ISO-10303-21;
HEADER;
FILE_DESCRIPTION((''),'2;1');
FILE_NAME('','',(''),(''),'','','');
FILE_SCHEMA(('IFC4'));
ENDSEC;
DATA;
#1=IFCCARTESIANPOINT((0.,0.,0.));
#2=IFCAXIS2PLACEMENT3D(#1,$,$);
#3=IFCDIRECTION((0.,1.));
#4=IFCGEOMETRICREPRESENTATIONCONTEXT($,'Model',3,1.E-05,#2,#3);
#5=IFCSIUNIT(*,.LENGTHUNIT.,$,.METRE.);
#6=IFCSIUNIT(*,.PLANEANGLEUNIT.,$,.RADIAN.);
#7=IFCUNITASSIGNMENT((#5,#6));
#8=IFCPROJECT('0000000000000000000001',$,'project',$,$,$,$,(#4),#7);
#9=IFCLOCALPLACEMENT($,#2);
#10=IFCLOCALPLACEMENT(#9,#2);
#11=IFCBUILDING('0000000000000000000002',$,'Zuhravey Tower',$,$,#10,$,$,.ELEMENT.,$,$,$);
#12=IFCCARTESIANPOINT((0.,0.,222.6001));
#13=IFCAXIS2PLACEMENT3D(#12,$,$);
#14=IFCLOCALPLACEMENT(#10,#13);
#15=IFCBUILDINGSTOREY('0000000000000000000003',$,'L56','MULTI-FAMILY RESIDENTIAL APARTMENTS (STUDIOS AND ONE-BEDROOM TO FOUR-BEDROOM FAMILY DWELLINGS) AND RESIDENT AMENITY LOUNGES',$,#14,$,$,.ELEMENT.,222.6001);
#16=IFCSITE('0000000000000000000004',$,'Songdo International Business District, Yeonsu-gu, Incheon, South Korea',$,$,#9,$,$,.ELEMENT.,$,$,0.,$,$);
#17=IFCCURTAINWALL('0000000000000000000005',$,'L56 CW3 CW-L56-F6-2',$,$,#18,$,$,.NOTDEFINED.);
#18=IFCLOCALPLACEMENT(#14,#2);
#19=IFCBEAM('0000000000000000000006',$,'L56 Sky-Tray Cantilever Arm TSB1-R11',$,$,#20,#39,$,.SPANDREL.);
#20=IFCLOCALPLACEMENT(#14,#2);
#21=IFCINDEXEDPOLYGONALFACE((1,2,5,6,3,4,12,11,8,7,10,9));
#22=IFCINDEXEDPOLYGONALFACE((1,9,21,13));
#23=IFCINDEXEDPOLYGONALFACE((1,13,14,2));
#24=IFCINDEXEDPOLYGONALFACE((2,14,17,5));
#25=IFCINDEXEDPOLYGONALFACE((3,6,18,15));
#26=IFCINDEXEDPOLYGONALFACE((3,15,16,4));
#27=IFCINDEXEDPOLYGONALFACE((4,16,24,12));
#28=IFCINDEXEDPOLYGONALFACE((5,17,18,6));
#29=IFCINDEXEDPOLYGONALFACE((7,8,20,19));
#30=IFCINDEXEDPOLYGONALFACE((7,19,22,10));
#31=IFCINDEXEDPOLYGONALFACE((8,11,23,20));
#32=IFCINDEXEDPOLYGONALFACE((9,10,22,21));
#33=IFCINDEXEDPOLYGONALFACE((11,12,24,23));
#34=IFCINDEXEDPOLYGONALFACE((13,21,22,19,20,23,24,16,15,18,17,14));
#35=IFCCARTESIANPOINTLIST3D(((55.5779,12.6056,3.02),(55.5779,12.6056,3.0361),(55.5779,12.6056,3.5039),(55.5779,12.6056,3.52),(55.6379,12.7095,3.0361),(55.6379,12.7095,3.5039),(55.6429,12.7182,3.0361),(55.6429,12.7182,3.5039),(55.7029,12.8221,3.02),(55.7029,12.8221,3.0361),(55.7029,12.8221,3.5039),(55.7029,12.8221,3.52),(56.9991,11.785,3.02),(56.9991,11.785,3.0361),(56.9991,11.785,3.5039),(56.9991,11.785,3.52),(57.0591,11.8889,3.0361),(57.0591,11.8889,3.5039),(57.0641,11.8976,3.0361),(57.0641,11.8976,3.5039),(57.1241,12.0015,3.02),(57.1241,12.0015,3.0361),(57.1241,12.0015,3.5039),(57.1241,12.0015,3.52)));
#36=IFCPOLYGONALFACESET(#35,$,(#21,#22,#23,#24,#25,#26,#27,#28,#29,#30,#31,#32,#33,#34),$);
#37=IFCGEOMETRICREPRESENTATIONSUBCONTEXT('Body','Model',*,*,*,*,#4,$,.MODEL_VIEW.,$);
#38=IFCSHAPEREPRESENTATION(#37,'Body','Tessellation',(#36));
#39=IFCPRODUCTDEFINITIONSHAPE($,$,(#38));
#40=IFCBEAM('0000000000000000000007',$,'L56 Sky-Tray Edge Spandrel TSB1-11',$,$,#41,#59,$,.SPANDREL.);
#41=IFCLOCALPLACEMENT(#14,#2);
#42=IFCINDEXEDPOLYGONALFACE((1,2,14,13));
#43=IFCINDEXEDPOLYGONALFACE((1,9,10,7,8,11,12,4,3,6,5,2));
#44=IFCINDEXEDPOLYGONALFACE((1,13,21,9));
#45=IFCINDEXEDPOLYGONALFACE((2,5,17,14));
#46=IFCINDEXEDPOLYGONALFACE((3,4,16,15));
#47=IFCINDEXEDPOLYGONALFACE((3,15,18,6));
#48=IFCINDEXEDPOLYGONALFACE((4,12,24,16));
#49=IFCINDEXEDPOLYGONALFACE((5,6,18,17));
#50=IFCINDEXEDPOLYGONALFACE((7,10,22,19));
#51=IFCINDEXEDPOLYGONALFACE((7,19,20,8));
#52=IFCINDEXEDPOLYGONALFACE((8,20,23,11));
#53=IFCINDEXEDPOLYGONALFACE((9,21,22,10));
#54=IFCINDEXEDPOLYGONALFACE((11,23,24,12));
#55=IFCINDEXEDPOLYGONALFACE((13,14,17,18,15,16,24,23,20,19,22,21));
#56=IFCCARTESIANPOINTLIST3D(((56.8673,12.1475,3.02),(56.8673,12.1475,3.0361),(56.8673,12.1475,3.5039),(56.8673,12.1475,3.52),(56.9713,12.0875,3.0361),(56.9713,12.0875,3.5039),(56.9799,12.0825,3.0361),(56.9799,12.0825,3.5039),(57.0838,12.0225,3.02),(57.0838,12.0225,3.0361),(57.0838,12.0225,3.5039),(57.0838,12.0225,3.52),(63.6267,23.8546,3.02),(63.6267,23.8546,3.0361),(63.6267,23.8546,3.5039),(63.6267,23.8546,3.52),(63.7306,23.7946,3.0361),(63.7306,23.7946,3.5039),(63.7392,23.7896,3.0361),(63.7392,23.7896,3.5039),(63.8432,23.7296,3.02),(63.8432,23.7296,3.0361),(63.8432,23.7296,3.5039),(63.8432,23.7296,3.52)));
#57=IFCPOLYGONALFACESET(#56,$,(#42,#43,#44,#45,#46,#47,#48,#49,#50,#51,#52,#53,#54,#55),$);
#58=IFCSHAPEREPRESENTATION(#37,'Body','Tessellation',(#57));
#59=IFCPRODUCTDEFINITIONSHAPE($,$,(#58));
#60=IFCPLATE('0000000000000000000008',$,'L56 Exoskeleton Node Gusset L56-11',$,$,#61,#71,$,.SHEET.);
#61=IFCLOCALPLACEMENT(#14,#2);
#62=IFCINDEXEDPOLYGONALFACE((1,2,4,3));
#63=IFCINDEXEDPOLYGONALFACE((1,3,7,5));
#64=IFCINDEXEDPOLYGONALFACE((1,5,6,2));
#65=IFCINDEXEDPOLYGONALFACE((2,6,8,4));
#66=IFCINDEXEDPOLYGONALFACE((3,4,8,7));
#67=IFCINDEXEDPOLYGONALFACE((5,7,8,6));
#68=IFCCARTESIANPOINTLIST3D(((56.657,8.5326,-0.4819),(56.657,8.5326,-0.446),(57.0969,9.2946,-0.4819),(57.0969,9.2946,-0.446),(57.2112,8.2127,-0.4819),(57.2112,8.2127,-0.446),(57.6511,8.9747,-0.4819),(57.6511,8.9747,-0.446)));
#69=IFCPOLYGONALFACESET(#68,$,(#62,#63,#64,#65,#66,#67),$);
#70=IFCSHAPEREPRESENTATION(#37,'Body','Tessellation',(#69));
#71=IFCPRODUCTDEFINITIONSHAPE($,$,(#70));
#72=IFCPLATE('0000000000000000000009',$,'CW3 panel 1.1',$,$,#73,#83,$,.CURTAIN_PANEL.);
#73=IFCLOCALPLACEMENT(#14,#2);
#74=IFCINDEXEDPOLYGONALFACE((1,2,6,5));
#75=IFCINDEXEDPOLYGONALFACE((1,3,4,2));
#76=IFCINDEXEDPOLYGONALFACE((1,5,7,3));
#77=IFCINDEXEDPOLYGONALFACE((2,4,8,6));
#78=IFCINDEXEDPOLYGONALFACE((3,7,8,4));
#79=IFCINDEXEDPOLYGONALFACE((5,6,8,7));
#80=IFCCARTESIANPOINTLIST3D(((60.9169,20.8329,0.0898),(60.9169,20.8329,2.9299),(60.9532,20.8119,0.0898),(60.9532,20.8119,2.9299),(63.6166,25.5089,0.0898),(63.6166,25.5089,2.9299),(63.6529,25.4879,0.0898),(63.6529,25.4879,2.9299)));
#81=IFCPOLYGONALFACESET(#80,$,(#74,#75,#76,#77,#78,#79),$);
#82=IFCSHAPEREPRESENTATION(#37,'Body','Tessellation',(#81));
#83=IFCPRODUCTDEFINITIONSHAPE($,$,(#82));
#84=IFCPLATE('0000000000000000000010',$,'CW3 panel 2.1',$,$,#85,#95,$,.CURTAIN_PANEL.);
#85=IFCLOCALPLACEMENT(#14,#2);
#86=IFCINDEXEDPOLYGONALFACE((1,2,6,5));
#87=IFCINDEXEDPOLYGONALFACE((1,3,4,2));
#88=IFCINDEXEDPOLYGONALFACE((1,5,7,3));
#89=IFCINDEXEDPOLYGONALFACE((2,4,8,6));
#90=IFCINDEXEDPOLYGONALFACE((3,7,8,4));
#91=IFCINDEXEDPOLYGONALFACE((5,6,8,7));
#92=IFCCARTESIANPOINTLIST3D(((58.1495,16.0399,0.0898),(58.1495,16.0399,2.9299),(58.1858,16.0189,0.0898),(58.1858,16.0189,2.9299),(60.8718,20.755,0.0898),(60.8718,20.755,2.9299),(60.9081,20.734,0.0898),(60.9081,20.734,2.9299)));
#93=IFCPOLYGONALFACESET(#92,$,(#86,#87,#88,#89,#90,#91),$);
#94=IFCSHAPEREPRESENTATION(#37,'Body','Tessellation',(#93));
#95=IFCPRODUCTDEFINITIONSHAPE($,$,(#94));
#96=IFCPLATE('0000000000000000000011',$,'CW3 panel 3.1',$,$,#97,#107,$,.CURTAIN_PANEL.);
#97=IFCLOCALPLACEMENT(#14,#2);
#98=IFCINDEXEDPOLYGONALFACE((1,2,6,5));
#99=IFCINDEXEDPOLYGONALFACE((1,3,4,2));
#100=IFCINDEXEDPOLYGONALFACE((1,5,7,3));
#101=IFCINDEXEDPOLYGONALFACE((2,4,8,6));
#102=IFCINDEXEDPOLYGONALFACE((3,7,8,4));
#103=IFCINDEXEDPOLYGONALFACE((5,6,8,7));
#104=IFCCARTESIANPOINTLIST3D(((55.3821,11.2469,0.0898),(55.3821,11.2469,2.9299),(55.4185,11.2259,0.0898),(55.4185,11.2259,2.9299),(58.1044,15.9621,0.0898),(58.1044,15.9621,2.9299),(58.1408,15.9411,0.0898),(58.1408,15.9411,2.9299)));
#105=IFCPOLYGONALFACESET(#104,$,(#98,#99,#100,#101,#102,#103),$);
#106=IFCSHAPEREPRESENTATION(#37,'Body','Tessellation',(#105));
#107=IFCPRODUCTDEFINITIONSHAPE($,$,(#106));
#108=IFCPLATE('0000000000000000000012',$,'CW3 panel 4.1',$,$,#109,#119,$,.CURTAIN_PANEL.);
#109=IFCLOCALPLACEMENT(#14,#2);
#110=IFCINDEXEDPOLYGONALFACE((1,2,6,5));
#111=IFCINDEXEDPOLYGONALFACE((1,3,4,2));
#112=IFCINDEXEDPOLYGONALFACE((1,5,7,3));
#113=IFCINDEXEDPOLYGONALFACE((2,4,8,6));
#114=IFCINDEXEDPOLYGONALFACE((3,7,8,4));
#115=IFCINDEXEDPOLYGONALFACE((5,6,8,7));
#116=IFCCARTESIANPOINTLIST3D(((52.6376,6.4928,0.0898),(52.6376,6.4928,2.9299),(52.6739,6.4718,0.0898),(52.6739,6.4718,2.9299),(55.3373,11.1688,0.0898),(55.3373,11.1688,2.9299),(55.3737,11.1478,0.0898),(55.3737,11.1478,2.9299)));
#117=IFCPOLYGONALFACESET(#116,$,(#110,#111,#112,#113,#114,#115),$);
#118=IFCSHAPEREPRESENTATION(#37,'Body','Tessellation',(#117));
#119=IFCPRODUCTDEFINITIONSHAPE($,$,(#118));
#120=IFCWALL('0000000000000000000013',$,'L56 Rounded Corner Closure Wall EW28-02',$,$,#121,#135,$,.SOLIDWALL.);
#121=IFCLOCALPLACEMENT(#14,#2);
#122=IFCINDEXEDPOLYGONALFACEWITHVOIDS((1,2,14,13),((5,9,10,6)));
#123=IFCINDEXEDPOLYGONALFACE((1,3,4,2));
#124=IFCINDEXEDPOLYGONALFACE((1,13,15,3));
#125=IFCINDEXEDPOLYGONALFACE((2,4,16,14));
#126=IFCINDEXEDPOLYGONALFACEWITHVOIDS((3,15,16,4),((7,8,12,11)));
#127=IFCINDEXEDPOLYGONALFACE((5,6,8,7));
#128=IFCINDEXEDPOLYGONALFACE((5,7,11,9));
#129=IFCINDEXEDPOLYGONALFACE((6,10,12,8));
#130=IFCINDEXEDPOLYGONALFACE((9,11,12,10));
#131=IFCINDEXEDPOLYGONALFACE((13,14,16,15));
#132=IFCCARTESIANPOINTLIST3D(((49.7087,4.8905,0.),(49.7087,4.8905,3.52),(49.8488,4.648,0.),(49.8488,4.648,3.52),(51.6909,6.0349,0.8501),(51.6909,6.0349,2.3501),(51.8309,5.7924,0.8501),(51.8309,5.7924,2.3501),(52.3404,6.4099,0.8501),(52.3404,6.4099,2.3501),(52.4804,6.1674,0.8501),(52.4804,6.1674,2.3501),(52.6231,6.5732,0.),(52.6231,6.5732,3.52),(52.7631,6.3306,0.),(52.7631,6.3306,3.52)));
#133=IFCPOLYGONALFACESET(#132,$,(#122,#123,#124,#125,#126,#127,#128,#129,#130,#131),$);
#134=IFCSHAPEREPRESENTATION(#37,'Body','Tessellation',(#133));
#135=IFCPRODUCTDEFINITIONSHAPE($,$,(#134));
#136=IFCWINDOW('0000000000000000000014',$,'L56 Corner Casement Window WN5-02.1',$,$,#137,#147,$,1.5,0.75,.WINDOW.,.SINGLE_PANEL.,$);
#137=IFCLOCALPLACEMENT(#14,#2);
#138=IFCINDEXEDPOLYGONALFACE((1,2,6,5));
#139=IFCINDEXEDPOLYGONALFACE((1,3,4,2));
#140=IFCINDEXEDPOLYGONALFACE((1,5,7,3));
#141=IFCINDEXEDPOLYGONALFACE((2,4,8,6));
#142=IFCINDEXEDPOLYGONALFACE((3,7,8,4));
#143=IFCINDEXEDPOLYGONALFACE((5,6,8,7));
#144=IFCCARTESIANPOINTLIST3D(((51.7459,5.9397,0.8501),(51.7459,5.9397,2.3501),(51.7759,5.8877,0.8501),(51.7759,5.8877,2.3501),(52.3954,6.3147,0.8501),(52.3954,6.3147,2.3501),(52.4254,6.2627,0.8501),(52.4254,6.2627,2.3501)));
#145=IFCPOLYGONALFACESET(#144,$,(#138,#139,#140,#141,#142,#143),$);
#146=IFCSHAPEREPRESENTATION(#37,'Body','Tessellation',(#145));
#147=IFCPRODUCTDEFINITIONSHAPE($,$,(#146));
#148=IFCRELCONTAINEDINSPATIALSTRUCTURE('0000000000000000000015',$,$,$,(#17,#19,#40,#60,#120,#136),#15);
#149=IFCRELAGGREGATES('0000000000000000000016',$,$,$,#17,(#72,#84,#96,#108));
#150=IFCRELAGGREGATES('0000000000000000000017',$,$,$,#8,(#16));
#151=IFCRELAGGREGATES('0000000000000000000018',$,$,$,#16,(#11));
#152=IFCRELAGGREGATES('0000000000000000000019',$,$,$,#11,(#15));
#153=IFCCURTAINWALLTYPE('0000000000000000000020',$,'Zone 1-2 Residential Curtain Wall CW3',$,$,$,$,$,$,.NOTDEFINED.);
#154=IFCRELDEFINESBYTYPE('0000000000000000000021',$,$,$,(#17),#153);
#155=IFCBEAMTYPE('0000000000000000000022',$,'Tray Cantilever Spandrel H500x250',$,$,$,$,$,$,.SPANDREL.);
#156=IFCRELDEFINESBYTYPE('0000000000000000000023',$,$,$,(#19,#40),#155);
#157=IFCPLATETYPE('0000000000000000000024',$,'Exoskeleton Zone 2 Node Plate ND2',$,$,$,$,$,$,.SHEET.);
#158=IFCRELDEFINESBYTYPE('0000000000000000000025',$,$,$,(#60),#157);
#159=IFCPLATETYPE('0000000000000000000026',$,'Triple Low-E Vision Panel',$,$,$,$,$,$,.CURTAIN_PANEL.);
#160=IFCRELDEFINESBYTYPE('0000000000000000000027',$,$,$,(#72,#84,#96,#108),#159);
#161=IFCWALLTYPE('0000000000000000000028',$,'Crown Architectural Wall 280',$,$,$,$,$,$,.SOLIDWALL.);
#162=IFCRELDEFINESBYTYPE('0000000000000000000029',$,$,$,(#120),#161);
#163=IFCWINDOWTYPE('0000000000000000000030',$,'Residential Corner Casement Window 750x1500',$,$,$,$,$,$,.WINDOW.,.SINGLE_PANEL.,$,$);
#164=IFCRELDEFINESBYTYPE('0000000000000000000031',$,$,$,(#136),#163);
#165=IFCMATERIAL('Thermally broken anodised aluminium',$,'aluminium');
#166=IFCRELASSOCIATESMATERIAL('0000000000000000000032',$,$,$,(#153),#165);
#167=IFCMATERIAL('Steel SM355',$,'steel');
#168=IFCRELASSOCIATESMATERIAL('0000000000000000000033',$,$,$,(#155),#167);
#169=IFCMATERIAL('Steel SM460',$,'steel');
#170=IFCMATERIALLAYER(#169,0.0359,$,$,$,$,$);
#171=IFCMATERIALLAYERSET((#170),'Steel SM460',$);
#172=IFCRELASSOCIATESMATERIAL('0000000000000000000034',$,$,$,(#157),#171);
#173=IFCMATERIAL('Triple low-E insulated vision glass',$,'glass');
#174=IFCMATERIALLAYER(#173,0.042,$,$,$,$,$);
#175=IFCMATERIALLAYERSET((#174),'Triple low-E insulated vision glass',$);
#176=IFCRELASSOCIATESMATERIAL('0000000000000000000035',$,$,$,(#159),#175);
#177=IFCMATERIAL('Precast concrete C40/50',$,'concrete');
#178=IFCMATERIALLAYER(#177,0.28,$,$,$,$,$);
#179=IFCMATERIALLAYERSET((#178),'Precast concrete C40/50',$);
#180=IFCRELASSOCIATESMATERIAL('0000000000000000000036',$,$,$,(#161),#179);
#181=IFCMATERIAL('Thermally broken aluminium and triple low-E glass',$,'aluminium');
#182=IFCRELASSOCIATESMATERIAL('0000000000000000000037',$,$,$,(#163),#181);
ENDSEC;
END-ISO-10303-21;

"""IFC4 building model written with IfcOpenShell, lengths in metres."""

from ifc_helpers import new_model, si_unit, direction, frame, frame_2d, origin, origin_2d, place, context, subcontext, project, spatial, rectangle, i_section, extrude, material, layer, layer_set, material_profile, profile_set, type_object, element, fill, aggregate, save


model = new_model("IFC4")

# Units and contexts
model_context = context("Model", 3, precision=1e-05, world=origin(), true_north=direction((0.0, 1.0)))
body_context = subcontext(model_context, "Body", "Model", "MODEL_VIEW")
ifc_project = project(units=[si_unit("LENGTHUNIT", "METRE"), si_unit("PLANEANGLEUNIT", "RADIAN")], contexts=[model_context])

# Site, building, storey
site_placement = place(None, origin())
site = spatial("IfcSite", under=ifc_project, at=site_placement, Name="Songdo International Business District, Yeonsu-gu, Incheon, South Korea", CompositionType="ELEMENT", RefElevation=0.0)
building_placement = place(site_placement, origin())
building = spatial("IfcBuilding", under=site, at=building_placement, Name="Zuhravey Tower", CompositionType="ELEMENT")
storey_placement = place(building_placement, frame((0.0, 0.0, 222.6001)))
storey = spatial("IfcBuildingStorey", under=building, at=storey_placement, Name="L56", Description="MULTI-FAMILY RESIDENTIAL APARTMENTS (STUDIOS AND ONE-BEDROOM TO FOUR-BEDROOM FAMILY DWELLINGS) AND RESIDENT AMENITY LOUNGES", CompositionType="ELEMENT", Elevation=222.6001)

# Curtain wall
ifc_material_1 = material(Name="Thermally broken anodised aluminium", Category="aluminium")
curtain_wall_type = type_object("IfcCurtainWallType", Name="Zone 1-2 Residential Curtain Wall CW3", PredefinedType="NOTDEFINED", material=ifc_material_1)
curtain_wall_1_placement = place(storey_placement, origin())
curtain_wall_1 = element("IfcCurtainWall", 1, at=curtain_wall_1_placement, inside=storey, type_object=curtain_wall_type, Name="L56 CW3 CW-L56-F6-2", PredefinedType="NOTDEFINED")

# Shared definitions
ifc_material_2 = material(Name="Steel SM460", Category="steel")

# Shared definitions
ifc_material_3 = material(Name="Steel SM355", Category="steel")

# Beams
ifc_material_profile_1 = material_profile(ifc_material_3, i_section(OverallWidth=0.25, OverallDepth=0.5, WebThickness=0.01, FlangeThickness=0.0161, at=origin_2d()), Name="H-500x250x10x16")
ifc_profile_set_1 = profile_set([ifc_material_profile_1], Name="Steel SM355")
beam_type_1 = type_object("IfcBeamType", Name="Tray Cantilever Spandrel H500x250", PredefinedType="SPANDREL", material=ifc_profile_set_1)
beam_1_placement = place(storey_placement, frame((55.6404, 12.7139, 3.27), z_axis=(0.86601, -0.500027, 0.0), x_axis=(0.500027, 0.86601, 0.0)))
element("IfcBeam", 2, at=beam_1_placement, inside=storey, type_object=beam_type_1, Name="L56 Sky-Tray Cantilever Arm TSB1-R11", PredefinedType="SPANDREL", context=body_context, shape_type="SweptSolid", body=[
    extrude(i_section(OverallWidth=0.25, OverallDepth=0.5, WebThickness=0.01, FlangeThickness=0.0161, at=origin_2d()), origin(), (0.0, 0.0, 1.0), 1.6411),
])
beam_2_placement = place(storey_placement, frame((56.9756, 12.085, 3.27), z_axis=(0.500012, 0.866018, 0.0), x_axis=(-0.866018, 0.500012, 0.0)))
element("IfcBeam", 3, at=beam_2_placement, inside=storey, type_object=beam_type_1, Name="L56 Sky-Tray Edge Spandrel TSB1-11", PredefinedType="SPANDREL", context=body_context, shape_type="SweptSolid", body=[
    extrude(i_section(OverallWidth=0.25, OverallDepth=0.5, WebThickness=0.01, FlangeThickness=0.0161, at=origin_2d()), origin(), (0.0, 0.0, 1.0), 13.5183),
])

# Plates
ifc_layer_1 = layer(ifc_material_2, 0.0359)
ifc_layer_set_1 = layer_set([ifc_layer_1], Name="Steel SM460")
plate_type_1 = type_object("IfcPlateType", Name="Exoskeleton Zone 2 Node Plate ND2", PredefinedType="SHEET", material=ifc_layer_set_1)
plate_1_placement = place(storey_placement, frame((57.1541, 8.7537, -0.4819), z_axis=(0.0, 0.0, 1.0), x_axis=(0.5, 0.866025, 0.0)))
element("IfcPlate", 4, at=plate_1_placement, inside=storey, type_object=plate_type_1, Name="L56 Exoskeleton Node Gusset L56-11", PredefinedType="SHEET", context=body_context, shape_type="SweptSolid", body=[
    extrude(rectangle(XDim=0.8799, YDim=0.6399, at=origin_2d()), origin(), (0.0, 0.0, 1.0), 0.0359),
])
ifc_material_4 = material(Name="Triple low-E insulated vision glass", Category="glass")
ifc_layer_2 = layer(ifc_material_4, 0.042)
ifc_layer_set_2 = layer_set([ifc_layer_2], Name="Triple low-E insulated vision glass")
plate_type_2 = type_object("IfcPlateType", Name="Triple Low-E Vision Panel", PredefinedType="CURTAIN_PANEL", material=ifc_layer_set_2)
plate_2_placement = place(storey_placement, frame((62.2849, 23.1604, 0.0898), z_axis=(0.0, 0.0, 1.0), x_axis=(-0.499999, -0.866026, 0.0)))
plate_2 = element("IfcPlate", 5, at=plate_2_placement, type_object=plate_type_2, Name="CW3 panel 1.1", PredefinedType="CURTAIN_PANEL", context=body_context, shape_type="SweptSolid", body=[
    extrude(rectangle(XDim=5.3994, YDim=0.042, at=origin_2d()), origin(), (0.0, 0.0, 1.0), 2.8401),
])
plate_3_placement = place(storey_placement, frame((59.5288, 18.387, 0.0898), z_axis=(0.0, 0.0, 1.0), x_axis=(-0.499999, -0.866026, 0.0)))
plate_3 = element("IfcPlate", 6, at=plate_3_placement, type_object=plate_type_2, Name="CW3 panel 2.1", PredefinedType="CURTAIN_PANEL", context=body_context, shape_type="SweptSolid", body=[
    extrude(rectangle(XDim=5.4446, YDim=0.042, at=origin_2d()), origin(), (0.0, 0.0, 1.0), 2.8401),
])
plate_4_placement = place(storey_placement, frame((56.7615, 13.594, 0.0898), z_axis=(0.0, 0.0, 1.0), x_axis=(-0.499999, -0.866026, 0.0)))
plate_4 = element("IfcPlate", 7, at=plate_4_placement, type_object=plate_type_2, Name="CW3 panel 3.1", PredefinedType="CURTAIN_PANEL", context=body_context, shape_type="SweptSolid", body=[
    extrude(rectangle(XDim=5.4446, YDim=0.042, at=origin_2d()), origin(), (0.0, 0.0, 1.0), 2.8401),
])
plate_5_placement = place(storey_placement, frame((54.0056, 8.8203, 0.0898), z_axis=(0.0, 0.0, 1.0), x_axis=(-0.499999, -0.866026, 0.0)))
plate_5 = element("IfcPlate", 8, at=plate_5_placement, type_object=plate_type_2, Name="CW3 panel 4.1", PredefinedType="CURTAIN_PANEL", context=body_context, shape_type="SweptSolid", body=[
    extrude(rectangle(XDim=5.3994, YDim=0.042, at=origin_2d()), origin(), (0.0, 0.0, 1.0), 2.8401),
])
aggregate(curtain_wall_1, [plate_2, plate_3, plate_4, plate_5])

# Wall, opening, window
ifc_material_5 = material(Name="Precast concrete C40/50", Category="concrete")
ifc_layer_3 = layer(ifc_material_5, 0.28)
ifc_layer_set_3 = layer_set([ifc_layer_3], Name="Precast concrete C40/50")
wall_type = type_object("IfcWallType", Name="Crown Architectural Wall 280", PredefinedType="SOLIDWALL", material=ifc_layer_set_3)
wall_placement = place(storey_placement, frame((52.6931, 6.4519, 0.0), z_axis=(0.0, 0.0, 1.0), x_axis=(-0.86602, -0.500009, 0.0)))
wall = element("IfcWall", 9, at=wall_placement, inside=storey, type_object=wall_type, Name="L56 Rounded Corner Closure Wall EW28-02", PredefinedType="SOLIDWALL", context=body_context, shape_type="SweptSolid", body=[
    extrude(rectangle(XDim=3.3652, YDim=0.28, at=frame_2d((1.6826, 0.0))), origin(), (0.0, 0.0, 1.0), 3.52),
])
opening_placement = place(wall_placement, frame((0.3264, 0.0, 0.8501)))
opening = element("IfcOpeningElement", 10, at=opening_placement, cuts=wall, PredefinedType="OPENING", context=body_context, shape_type="SweptSolid", body=[
    extrude(rectangle(XDim=0.75, YDim=1.5, at=frame_2d((0.375, 0.75))), frame((0.0, 0.1521, 0.0), z_axis=(0.0, -1.0, 0.0), x_axis=(1.0, 0.0, 0.0)), (0.0, 0.0, 1.0), 0.304),
])
ifc_material_6 = material(Name="Thermally broken aluminium and triple low-E glass", Category="aluminium")
window_type = type_object("IfcWindowType", Name="Residential Corner Casement Window 750x1500", PartitioningType="SINGLE_PANEL", PredefinedType="WINDOW", material=ifc_material_6)
window_placement = place(opening_placement, origin())
window = element("IfcWindow", 11, at=window_placement, inside=storey, type_object=window_type, Name="L56 Corner Casement Window WN5-02.1", OverallHeight=1.5, OverallWidth=0.75, PartitioningType="SINGLE_PANEL", PredefinedType="WINDOW", context=body_context, shape_type="SweptSolid", body=[
    extrude(rectangle(XDim=0.75, YDim=1.5, at=frame_2d((0.375, 0.75))), frame((0.0, 0.03, 0.0), z_axis=(0.0, -1.0, 0.0), x_axis=(1.0, 0.0, 0.0)), (0.0, 0.0, 1.0), 0.0601),
])
fill(opening, window)

save(model, "model.ifc")
